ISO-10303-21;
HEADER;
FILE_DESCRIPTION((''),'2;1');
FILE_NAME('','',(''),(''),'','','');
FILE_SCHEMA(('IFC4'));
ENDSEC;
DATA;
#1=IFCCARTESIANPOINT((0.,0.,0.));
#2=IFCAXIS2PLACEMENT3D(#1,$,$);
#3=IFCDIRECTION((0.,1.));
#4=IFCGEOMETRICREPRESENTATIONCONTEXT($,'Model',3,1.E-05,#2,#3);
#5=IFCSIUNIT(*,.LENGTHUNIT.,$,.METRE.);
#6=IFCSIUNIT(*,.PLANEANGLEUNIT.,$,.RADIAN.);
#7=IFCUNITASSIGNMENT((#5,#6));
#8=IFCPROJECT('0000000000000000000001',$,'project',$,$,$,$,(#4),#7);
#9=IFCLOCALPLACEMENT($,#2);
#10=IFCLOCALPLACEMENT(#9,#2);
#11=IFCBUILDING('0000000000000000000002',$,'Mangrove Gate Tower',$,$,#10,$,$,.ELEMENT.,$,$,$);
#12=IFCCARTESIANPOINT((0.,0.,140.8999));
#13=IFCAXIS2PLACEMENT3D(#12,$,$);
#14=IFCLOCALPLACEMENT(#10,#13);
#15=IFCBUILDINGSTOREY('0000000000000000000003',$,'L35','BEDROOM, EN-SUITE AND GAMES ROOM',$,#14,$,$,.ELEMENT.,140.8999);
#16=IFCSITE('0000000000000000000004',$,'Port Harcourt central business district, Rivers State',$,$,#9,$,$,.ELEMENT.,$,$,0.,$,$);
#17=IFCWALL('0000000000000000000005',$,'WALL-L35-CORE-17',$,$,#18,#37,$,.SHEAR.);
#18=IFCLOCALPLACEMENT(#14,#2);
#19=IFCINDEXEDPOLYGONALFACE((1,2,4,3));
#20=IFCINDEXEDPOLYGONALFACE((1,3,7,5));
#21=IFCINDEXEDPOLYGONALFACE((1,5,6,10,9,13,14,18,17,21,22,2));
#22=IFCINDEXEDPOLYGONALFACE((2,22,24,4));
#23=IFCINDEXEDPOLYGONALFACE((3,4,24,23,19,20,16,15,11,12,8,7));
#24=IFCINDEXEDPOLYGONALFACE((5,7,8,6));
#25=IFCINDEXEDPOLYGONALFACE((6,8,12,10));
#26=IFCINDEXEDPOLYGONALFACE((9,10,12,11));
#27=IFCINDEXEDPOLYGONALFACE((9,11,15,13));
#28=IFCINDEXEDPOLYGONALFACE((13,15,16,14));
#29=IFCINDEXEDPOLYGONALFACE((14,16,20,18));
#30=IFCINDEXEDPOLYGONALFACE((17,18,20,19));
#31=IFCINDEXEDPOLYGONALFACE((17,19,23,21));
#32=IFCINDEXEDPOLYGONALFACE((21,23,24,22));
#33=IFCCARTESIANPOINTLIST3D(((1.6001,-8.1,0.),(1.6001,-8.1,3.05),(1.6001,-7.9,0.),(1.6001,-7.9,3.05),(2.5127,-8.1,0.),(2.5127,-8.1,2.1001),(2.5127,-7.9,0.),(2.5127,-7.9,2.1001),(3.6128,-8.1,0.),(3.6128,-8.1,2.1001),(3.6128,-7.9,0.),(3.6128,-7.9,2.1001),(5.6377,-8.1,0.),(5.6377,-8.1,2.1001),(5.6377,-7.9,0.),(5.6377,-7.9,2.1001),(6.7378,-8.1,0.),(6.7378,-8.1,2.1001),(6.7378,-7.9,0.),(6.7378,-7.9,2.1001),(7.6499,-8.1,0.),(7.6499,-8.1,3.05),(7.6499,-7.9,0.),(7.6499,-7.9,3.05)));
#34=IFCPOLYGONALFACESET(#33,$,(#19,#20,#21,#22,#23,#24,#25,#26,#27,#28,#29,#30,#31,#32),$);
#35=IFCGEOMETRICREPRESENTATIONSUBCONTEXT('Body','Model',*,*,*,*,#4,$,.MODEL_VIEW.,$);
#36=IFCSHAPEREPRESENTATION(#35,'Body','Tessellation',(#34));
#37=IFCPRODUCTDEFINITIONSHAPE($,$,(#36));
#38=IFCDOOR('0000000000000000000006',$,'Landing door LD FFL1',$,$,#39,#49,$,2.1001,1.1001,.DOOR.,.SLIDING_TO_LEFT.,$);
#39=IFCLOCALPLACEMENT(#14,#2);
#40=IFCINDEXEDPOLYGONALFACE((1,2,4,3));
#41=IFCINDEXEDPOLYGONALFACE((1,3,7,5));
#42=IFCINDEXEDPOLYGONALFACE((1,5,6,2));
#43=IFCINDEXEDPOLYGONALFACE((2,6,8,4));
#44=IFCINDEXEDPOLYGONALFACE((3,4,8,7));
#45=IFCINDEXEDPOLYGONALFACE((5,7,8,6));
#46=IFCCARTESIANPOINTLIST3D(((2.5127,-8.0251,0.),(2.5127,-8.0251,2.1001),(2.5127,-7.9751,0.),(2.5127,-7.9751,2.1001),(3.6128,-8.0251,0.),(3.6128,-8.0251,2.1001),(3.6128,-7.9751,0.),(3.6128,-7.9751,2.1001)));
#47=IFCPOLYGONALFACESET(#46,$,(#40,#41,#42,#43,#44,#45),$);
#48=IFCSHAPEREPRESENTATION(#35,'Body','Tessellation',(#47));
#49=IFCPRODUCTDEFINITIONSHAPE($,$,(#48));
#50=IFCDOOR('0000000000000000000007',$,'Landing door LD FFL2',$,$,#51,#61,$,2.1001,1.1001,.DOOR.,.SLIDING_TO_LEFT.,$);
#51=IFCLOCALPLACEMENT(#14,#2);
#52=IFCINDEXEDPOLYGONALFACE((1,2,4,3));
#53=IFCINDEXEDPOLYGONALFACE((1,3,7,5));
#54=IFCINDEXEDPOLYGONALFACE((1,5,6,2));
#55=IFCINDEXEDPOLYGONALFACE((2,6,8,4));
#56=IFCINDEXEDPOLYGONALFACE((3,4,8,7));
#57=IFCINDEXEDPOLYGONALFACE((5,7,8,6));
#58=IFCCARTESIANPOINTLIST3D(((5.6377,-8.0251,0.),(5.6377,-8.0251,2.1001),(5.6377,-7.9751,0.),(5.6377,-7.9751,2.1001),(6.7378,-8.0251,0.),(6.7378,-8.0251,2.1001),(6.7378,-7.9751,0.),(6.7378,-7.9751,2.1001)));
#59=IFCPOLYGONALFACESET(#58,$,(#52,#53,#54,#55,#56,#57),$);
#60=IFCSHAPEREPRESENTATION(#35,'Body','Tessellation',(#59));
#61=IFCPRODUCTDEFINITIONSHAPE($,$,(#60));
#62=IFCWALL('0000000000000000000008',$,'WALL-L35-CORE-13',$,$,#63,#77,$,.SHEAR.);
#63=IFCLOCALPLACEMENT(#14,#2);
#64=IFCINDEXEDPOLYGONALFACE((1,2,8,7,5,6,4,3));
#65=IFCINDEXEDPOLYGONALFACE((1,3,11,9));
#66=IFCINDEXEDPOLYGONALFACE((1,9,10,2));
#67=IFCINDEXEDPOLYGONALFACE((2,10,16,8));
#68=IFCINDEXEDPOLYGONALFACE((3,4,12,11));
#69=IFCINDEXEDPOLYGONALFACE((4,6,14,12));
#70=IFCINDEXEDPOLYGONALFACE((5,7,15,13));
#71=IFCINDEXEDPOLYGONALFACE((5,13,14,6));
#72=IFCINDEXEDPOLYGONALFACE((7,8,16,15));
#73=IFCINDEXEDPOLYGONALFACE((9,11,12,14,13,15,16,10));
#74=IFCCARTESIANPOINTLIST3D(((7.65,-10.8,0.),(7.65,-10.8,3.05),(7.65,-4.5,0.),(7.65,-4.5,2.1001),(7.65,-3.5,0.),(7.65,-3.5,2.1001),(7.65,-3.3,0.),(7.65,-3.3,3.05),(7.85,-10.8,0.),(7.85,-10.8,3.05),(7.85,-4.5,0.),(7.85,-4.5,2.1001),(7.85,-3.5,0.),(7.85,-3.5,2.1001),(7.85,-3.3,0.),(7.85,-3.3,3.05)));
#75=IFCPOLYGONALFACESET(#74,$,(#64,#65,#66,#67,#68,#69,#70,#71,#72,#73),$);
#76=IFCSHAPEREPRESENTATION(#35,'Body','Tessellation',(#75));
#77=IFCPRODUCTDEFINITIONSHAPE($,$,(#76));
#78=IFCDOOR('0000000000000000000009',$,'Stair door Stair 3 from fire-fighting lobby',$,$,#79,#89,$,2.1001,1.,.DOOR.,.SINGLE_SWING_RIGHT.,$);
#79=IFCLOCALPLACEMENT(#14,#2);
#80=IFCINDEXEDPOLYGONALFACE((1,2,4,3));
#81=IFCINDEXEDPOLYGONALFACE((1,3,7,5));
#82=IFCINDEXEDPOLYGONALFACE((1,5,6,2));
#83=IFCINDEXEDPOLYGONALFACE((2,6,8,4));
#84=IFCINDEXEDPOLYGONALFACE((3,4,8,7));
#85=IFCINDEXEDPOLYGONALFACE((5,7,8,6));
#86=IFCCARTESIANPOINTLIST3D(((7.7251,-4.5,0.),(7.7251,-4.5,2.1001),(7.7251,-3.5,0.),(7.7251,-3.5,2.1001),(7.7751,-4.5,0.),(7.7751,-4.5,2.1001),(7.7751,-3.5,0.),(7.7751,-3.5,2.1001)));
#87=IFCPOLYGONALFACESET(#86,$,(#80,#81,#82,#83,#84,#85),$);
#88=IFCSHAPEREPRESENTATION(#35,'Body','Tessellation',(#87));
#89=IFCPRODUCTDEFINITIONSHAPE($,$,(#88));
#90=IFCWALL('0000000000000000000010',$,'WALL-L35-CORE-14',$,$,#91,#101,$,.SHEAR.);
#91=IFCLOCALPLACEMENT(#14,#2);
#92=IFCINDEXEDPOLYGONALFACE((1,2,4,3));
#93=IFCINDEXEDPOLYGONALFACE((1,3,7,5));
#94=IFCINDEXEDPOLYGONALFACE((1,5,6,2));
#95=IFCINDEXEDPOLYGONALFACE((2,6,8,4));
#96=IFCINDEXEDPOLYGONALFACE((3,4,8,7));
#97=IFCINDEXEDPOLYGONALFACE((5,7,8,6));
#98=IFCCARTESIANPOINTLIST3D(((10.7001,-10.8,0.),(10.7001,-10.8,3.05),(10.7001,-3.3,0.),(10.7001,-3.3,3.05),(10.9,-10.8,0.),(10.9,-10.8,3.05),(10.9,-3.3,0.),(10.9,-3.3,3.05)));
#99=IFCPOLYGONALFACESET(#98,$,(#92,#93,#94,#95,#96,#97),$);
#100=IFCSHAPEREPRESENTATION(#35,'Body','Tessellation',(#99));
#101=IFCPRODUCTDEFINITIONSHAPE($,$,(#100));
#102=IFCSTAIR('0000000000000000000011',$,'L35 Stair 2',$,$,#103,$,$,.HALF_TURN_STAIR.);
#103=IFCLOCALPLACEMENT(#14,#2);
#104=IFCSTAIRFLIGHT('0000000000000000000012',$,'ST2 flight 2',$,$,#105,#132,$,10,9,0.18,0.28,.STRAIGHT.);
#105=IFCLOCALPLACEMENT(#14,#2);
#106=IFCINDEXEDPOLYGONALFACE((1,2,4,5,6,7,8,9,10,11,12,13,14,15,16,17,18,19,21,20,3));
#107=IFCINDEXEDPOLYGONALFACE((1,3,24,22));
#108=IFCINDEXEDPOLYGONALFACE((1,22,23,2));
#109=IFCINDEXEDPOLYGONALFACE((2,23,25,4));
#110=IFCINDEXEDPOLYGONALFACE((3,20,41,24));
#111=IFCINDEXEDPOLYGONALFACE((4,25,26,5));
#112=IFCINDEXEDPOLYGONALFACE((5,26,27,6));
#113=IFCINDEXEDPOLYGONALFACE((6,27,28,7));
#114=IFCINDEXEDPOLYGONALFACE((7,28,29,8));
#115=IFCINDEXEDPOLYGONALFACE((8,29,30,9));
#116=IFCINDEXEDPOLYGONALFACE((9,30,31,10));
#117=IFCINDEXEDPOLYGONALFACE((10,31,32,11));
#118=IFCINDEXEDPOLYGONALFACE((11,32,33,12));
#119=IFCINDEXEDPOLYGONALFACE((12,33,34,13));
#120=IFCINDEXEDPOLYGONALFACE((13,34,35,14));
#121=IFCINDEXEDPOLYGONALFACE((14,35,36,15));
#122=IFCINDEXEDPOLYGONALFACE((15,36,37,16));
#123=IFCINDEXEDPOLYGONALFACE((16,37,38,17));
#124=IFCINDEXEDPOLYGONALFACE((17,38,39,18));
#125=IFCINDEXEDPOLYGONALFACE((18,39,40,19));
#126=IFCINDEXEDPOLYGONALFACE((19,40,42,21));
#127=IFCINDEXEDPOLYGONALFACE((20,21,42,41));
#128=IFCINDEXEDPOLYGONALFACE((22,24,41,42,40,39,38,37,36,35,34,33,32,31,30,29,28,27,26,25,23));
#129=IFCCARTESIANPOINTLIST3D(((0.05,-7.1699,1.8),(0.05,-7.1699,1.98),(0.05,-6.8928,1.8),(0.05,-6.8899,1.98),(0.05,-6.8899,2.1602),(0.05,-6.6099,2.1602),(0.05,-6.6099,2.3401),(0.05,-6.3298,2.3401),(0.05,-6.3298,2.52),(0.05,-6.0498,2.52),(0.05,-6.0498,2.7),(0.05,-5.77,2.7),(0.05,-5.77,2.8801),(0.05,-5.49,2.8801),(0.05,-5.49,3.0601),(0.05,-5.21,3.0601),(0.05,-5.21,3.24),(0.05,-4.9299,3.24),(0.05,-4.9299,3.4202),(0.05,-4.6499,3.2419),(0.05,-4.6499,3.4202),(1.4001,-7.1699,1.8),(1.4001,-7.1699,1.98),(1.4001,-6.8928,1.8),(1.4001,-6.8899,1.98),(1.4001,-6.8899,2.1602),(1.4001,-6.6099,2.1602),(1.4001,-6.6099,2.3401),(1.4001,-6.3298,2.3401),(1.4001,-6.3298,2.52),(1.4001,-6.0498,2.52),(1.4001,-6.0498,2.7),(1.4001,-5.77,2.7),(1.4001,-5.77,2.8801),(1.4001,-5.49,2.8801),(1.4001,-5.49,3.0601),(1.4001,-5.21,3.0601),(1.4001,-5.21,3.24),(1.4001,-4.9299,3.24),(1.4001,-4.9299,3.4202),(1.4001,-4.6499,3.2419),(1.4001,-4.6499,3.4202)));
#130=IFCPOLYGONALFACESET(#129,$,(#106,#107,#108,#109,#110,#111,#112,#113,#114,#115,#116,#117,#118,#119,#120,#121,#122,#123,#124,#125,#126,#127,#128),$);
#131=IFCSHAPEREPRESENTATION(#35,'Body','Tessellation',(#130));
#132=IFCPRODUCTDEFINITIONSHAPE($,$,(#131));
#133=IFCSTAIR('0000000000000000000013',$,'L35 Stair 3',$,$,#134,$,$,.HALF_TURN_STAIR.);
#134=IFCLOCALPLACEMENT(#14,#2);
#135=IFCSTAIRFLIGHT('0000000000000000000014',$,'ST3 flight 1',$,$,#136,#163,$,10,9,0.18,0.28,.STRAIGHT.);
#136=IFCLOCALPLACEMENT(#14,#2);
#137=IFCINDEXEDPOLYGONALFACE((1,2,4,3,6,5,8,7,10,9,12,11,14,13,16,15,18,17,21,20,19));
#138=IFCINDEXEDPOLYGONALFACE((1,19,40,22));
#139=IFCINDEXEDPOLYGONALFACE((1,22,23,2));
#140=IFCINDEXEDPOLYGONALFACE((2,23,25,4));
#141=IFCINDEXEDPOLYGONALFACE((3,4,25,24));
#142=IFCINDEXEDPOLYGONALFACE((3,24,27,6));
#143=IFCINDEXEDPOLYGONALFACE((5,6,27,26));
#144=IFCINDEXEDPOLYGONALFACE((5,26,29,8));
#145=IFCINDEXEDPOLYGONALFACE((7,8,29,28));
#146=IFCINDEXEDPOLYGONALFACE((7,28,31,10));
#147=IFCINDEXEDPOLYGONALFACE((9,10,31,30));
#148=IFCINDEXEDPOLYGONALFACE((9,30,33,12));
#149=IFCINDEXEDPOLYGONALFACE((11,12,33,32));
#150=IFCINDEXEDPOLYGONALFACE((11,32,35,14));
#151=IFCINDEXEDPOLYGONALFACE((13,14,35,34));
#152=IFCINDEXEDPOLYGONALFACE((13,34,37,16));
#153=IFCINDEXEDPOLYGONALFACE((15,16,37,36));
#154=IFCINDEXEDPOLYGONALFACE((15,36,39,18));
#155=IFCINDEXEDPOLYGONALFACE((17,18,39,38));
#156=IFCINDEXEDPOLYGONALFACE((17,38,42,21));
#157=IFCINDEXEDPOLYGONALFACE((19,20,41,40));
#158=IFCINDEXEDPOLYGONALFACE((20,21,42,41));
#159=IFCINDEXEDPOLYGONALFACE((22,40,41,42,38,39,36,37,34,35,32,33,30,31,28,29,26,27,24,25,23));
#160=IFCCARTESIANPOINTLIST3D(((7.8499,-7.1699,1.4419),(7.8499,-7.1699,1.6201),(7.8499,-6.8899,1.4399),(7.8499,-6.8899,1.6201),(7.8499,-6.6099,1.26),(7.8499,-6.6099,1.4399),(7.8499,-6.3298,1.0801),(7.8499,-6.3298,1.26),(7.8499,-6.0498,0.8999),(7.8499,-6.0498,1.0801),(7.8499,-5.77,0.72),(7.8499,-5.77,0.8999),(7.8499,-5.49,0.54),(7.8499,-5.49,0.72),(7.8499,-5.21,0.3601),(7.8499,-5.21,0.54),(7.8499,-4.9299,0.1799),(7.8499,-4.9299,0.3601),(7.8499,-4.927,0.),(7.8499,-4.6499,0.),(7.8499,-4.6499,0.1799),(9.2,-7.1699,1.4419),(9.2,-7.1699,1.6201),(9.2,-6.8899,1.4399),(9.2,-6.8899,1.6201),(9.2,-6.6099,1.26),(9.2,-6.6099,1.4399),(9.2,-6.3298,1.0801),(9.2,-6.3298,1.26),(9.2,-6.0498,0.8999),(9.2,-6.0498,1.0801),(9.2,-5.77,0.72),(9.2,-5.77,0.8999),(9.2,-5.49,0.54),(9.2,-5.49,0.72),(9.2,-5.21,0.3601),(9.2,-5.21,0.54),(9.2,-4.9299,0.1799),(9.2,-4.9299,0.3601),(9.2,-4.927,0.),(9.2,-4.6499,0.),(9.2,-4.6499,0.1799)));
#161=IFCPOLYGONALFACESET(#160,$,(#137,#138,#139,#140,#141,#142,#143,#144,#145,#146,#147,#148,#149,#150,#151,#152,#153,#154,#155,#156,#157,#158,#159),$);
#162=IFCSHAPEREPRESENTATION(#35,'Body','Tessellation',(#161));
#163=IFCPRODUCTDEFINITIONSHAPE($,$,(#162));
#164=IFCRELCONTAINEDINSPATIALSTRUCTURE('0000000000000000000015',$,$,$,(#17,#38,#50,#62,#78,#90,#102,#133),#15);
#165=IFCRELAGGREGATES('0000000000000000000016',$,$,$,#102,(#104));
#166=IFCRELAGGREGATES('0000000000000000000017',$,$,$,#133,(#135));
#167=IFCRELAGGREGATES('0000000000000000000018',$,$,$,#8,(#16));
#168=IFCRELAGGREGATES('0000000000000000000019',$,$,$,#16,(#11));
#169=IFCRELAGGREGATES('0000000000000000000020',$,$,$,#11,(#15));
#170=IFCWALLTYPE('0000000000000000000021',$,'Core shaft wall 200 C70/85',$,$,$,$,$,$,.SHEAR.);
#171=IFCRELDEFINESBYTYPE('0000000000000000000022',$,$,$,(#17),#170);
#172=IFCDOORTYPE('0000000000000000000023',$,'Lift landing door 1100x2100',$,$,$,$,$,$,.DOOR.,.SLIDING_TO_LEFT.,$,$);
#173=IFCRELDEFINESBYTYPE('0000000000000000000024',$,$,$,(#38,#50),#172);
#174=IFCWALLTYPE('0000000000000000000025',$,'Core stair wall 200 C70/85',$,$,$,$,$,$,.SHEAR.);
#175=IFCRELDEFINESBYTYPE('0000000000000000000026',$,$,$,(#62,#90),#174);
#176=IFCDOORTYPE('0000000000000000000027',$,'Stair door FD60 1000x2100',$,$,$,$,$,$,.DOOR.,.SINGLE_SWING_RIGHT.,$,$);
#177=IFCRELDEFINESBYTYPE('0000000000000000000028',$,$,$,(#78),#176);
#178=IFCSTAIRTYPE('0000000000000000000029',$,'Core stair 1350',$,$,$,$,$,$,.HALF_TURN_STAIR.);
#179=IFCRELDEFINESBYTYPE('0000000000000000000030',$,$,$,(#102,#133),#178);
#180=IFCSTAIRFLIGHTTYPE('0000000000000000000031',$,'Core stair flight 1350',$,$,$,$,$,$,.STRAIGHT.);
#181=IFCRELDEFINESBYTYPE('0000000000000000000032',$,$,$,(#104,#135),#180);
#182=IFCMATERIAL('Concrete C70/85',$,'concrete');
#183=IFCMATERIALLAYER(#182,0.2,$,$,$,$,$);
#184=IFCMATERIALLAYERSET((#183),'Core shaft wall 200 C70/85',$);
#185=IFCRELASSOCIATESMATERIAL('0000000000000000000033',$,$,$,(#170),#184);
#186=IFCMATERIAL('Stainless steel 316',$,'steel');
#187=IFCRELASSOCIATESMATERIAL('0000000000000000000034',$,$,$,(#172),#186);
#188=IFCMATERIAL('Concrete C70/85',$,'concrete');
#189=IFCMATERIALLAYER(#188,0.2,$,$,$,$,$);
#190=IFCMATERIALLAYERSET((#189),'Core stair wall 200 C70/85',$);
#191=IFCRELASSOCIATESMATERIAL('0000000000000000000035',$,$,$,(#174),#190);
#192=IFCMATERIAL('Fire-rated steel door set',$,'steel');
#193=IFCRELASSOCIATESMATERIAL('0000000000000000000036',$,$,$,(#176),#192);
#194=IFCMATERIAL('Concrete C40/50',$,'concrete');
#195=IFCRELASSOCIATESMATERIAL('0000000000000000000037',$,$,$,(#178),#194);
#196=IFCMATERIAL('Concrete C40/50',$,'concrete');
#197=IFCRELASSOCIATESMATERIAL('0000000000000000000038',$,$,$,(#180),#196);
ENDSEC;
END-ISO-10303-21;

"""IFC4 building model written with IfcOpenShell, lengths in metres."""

from ifc_helpers import new_model, si_unit, direction, frame, frame_2d, origin, place, context, subcontext, project, spatial, polyline, rectangle, outline, extrude, material, layer, layer_set, type_object, element, fill, aggregate, save


model = new_model("IFC4")

# Units and contexts
model_context = context("Model", 3, precision=1e-05, world=origin(), true_north=direction((0.0, 1.0)))
body_context = subcontext(model_context, "Body", "Model", "MODEL_VIEW")
ifc_project = project(units=[si_unit("LENGTHUNIT", "METRE"), si_unit("PLANEANGLEUNIT", "RADIAN")], contexts=[model_context])

# Site, building, storey
site_placement = place(None, origin())
site = spatial("IfcSite", under=ifc_project, at=site_placement, Name="Port Harcourt central business district, Rivers State", CompositionType="ELEMENT", RefElevation=0.0)
building_placement = place(site_placement, origin())
building = spatial("IfcBuilding", under=site, at=building_placement, Name="Mangrove Gate Tower", CompositionType="ELEMENT")
storey_placement = place(building_placement, frame((0.0, 0.0, 140.8999)))
storey = spatial("IfcBuildingStorey", under=building, at=storey_placement, Name="L35", Description="BEDROOM, EN-SUITE AND GAMES ROOM", CompositionType="ELEMENT", Elevation=140.8999)

# Wall, openings, doors
ifc_material_1 = material(Name="Concrete C70/85", Category="concrete")
ifc_layer_1 = layer(ifc_material_1, 0.2)
ifc_layer_set_1 = layer_set([ifc_layer_1], Name="Core shaft wall 200 C70/85")
wall_type_1 = type_object("IfcWallType", Name="Core shaft wall 200 C70/85", PredefinedType="SHEAR", material=ifc_layer_set_1)
wall_1_placement = place(storey_placement, frame((1.6001, -8.0, 0.0), z_axis=(0.0, 0.0, 1.0), x_axis=(1.0, 0.0, 0.0)))
wall_1 = element("IfcWall", 1, at=wall_1_placement, inside=storey, type_object=wall_type_1, Name="WALL-L35-CORE-17", PredefinedType="SHEAR", context=body_context, shape_type="SweptSolid", body=[
    extrude(rectangle(XDim=6.0498, YDim=0.2, at=frame_2d((3.0249, 0.0))), origin(), (0.0, 0.0, 1.0), 3.05),
])
opening_1_placement = place(wall_1_placement, frame((0.9126, 0.0, 0.0)))
opening_1 = element("IfcOpeningElement", 2, at=opening_1_placement, cuts=wall_1, PredefinedType="OPENING", context=body_context, shape_type="SweptSolid", body=[
    extrude(rectangle(XDim=1.1001, YDim=2.1001, at=frame_2d((0.55, 1.05))), frame((0.0, 0.1099, 0.0), z_axis=(0.0, -1.0, 0.0), x_axis=(1.0, 0.0, 0.0)), (0.0, 0.0, 1.0), 0.22),
])
opening_2_placement = place(wall_1_placement, frame((4.0376, 0.0, 0.0)))
opening_2 = element("IfcOpeningElement", 3, at=opening_2_placement, cuts=wall_1, PredefinedType="OPENING", context=body_context, shape_type="SweptSolid", body=[
    extrude(rectangle(XDim=1.1001, YDim=2.1001, at=frame_2d((0.55, 1.05))), frame((0.0, 0.1099, 0.0), z_axis=(0.0, -1.0, 0.0), x_axis=(1.0, 0.0, 0.0)), (0.0, 0.0, 1.0), 0.22),
])
ifc_material_2 = material(Name="Stainless steel 316", Category="steel")
door_type_1 = type_object("IfcDoorType", Name="Lift landing door 1100x2100", OperationType="SLIDING_TO_LEFT", PredefinedType="DOOR", material=ifc_material_2)
door_1_placement = place(opening_1_placement, origin())
door_1 = element("IfcDoor", 4, at=door_1_placement, inside=storey, type_object=door_type_1, Name="Landing door LD FFL1", OperationType="SLIDING_TO_LEFT", OverallHeight=2.1001, OverallWidth=1.1001, PredefinedType="DOOR", context=body_context, shape_type="SweptSolid", body=[
    extrude(rectangle(XDim=1.1001, YDim=2.1001, at=frame_2d((0.55, 1.05))), frame((0.0, 0.0249, 0.0), z_axis=(0.0, -1.0, 0.0), x_axis=(1.0, 0.0, 0.0)), (0.0, 0.0, 1.0), 0.05),
])
fill(opening_1, door_1)
door_2_placement = place(opening_2_placement, origin())
door_2 = element("IfcDoor", 5, at=door_2_placement, inside=storey, type_object=door_type_1, Name="Landing door LD FFL2", OperationType="SLIDING_TO_LEFT", OverallHeight=2.1001, OverallWidth=1.1001, PredefinedType="DOOR", context=body_context, shape_type="SweptSolid", body=[
    extrude(rectangle(XDim=1.1001, YDim=2.1001, at=frame_2d((0.55, 1.05))), frame((0.0, 0.0249, 0.0), z_axis=(0.0, -1.0, 0.0), x_axis=(1.0, 0.0, 0.0)), (0.0, 0.0, 1.0), 0.05),
])
fill(opening_2, door_2)

# Wall, opening, door
ifc_material_3 = material(Name="Concrete C70/85", Category="concrete")
ifc_layer_2 = layer(ifc_material_3, 0.2)
ifc_layer_set_2 = layer_set([ifc_layer_2], Name="Core stair wall 200 C70/85")
wall_type_2 = type_object("IfcWallType", Name="Core stair wall 200 C70/85", PredefinedType="SHEAR", material=ifc_layer_set_2)
wall_2_placement = place(storey_placement, frame((7.75, -10.8, 0.0), z_axis=(0.0, 0.0, 1.0), x_axis=(0.0, 1.0, 0.0)))
wall_2 = element("IfcWall", 6, at=wall_2_placement, inside=storey, type_object=wall_type_2, Name="WALL-L35-CORE-13", PredefinedType="SHEAR", context=body_context, shape_type="SweptSolid", body=[
    extrude(rectangle(XDim=7.5, YDim=0.2, at=frame_2d((3.75, 0.0))), origin(), (0.0, 0.0, 1.0), 3.05),
])
opening_3_placement = place(wall_2_placement, frame((6.3, 0.0, 0.0)))
opening_3 = element("IfcOpeningElement", 7, at=opening_3_placement, cuts=wall_2, PredefinedType="OPENING", context=body_context, shape_type="SweptSolid", body=[
    extrude(rectangle(XDim=1.0, YDim=2.1001, at=frame_2d((0.5, 1.05))), frame((0.0, 0.1099, 0.0), z_axis=(0.0, -1.0, 0.0), x_axis=(1.0, 0.0, 0.0)), (0.0, 0.0, 1.0), 0.22),
])
ifc_material_4 = material(Name="Fire-rated steel door set", Category="steel")
door_type_2 = type_object("IfcDoorType", Name="Stair door FD60 1000x2100", OperationType="SINGLE_SWING_RIGHT", PredefinedType="DOOR", material=ifc_material_4)
door_3_placement = place(opening_3_placement, origin())
door_3 = element("IfcDoor", 8, at=door_3_placement, inside=storey, type_object=door_type_2, Name="Stair door Stair 3 from fire-fighting lobby", OperationType="SINGLE_SWING_RIGHT", OverallHeight=2.1001, OverallWidth=1.0, PredefinedType="DOOR", context=body_context, shape_type="SweptSolid", body=[
    extrude(rectangle(XDim=1.0, YDim=2.1001, at=frame_2d((0.5, 1.05))), frame((0.0, 0.0249, 0.0), z_axis=(0.0, -1.0, 0.0), x_axis=(1.0, 0.0, 0.0)), (0.0, 0.0, 1.0), 0.05),
])
fill(opening_3, door_3)

# Wall
wall_3_placement = place(storey_placement, frame((10.8, -10.8, 0.0), z_axis=(0.0, 0.0, 1.0), x_axis=(0.0, 1.0, 0.0)))
element("IfcWall", 9, at=wall_3_placement, inside=storey, type_object=wall_type_2, Name="WALL-L35-CORE-14", PredefinedType="SHEAR", context=body_context, shape_type="SweptSolid", body=[
    extrude(rectangle(XDim=7.5, YDim=0.2, at=frame_2d((3.75, 0.0))), origin(), (0.0, 0.0, 1.0), 3.05),
])

# Stair, stair flight
ifc_material_5 = material(Name="Concrete C40/50", Category="concrete")
stair_type = type_object("IfcStairType", Name="Core stair 1350", PredefinedType="HALF_TURN_STAIR", material=ifc_material_5)
stair_1_placement = place(storey_placement, origin())
stair_1 = element("IfcStair", 10, at=stair_1_placement, inside=storey, type_object=stair_type, Name="L35 Stair 2", PredefinedType="HALF_TURN_STAIR")
ifc_material_6 = material(Name="Concrete C40/50", Category="concrete")
stair_flight_type = type_object("IfcStairFlightType", Name="Core stair flight 1350", PredefinedType="STRAIGHT", material=ifc_material_6)
stair_flight_1_placement = place(storey_placement, frame((0.7251, -7.1699, 1.8), z_axis=(0.0, 0.0, 1.0), x_axis=(0.0, 1.0, 0.0)))
stair_flight_1 = element("IfcStairFlight", 11, at=stair_flight_1_placement, type_object=stair_flight_type, Name="ST2 flight 2", NumberOfRisers=10, NumberOfTreads=9, PredefinedType="STRAIGHT", RiserHeight=0.18, TreadLength=0.28, context=body_context, shape_type="SweptSolid", body=[
    extrude(outline(polyline([(0.0, 0.0), (0.0, 0.1799), (0.28, 0.1799), (0.28, 0.3601), (0.5601, 0.3601), (0.5601, 0.54), (0.8401, 0.54), (0.8401, 0.72), (1.1201, 0.72), (1.1201, 0.8999), (1.3999, 0.8999), (1.3999, 1.0801), (1.6799, 1.0801), (1.6799, 1.26), (1.96, 1.26), (1.96, 1.4399), (2.24, 1.4399), (2.24, 1.6201), (2.52, 1.6201), (2.52, 1.8), (2.52, 1.4419), (0.2771, 0.0), (0.0, 0.0)])), frame((0.0, 0.675, 0.0), z_axis=(0.0, -1.0, 0.0), x_axis=(1.0, 0.0, 0.0)), (0.0, 0.0, 1.0), 1.3501),
])
aggregate(stair_1, [stair_flight_1])

# Stair, stair flight
stair_2_placement = place(storey_placement, origin())
stair_2 = element("IfcStair", 12, at=stair_2_placement, inside=storey, type_object=stair_type, Name="L35 Stair 3", PredefinedType="HALF_TURN_STAIR")
stair_flight_2_placement = place(storey_placement, frame((8.5249, -4.6499, 0.0), z_axis=(0.0, 0.0, 1.0), x_axis=(0.0, -1.0, 0.0)))
stair_flight_2 = element("IfcStairFlight", 13, at=stair_flight_2_placement, type_object=stair_flight_type, Name="ST3 flight 1", NumberOfRisers=10, NumberOfTreads=9, PredefinedType="STRAIGHT", RiserHeight=0.18, TreadLength=0.28, context=body_context, shape_type="SweptSolid", body=[
    extrude(outline(polyline([(0.0, 0.0), (0.0, 0.1799), (0.28, 0.1799), (0.28, 0.3601), (0.5601, 0.3601), (0.5601, 0.54), (0.8401, 0.54), (0.8401, 0.72), (1.1201, 0.72), (1.1201, 0.8999), (1.3999, 0.8999), (1.3999, 1.0801), (1.6799, 1.0801), (1.6799, 1.26), (1.96, 1.26), (1.96, 1.4399), (2.24, 1.4399), (2.24, 1.6201), (2.52, 1.6201), (2.52, 1.8), (2.52, 1.4419), (0.2771, 0.0), (0.0, 0.0)])), frame((0.0, 0.675, 0.0), z_axis=(0.0, -1.0, 0.0), x_axis=(1.0, 0.0, 0.0)), (0.0, 0.0, 1.0), 1.3501),
])
aggregate(stair_2, [stair_flight_2])

save(model, "model.ifc")
